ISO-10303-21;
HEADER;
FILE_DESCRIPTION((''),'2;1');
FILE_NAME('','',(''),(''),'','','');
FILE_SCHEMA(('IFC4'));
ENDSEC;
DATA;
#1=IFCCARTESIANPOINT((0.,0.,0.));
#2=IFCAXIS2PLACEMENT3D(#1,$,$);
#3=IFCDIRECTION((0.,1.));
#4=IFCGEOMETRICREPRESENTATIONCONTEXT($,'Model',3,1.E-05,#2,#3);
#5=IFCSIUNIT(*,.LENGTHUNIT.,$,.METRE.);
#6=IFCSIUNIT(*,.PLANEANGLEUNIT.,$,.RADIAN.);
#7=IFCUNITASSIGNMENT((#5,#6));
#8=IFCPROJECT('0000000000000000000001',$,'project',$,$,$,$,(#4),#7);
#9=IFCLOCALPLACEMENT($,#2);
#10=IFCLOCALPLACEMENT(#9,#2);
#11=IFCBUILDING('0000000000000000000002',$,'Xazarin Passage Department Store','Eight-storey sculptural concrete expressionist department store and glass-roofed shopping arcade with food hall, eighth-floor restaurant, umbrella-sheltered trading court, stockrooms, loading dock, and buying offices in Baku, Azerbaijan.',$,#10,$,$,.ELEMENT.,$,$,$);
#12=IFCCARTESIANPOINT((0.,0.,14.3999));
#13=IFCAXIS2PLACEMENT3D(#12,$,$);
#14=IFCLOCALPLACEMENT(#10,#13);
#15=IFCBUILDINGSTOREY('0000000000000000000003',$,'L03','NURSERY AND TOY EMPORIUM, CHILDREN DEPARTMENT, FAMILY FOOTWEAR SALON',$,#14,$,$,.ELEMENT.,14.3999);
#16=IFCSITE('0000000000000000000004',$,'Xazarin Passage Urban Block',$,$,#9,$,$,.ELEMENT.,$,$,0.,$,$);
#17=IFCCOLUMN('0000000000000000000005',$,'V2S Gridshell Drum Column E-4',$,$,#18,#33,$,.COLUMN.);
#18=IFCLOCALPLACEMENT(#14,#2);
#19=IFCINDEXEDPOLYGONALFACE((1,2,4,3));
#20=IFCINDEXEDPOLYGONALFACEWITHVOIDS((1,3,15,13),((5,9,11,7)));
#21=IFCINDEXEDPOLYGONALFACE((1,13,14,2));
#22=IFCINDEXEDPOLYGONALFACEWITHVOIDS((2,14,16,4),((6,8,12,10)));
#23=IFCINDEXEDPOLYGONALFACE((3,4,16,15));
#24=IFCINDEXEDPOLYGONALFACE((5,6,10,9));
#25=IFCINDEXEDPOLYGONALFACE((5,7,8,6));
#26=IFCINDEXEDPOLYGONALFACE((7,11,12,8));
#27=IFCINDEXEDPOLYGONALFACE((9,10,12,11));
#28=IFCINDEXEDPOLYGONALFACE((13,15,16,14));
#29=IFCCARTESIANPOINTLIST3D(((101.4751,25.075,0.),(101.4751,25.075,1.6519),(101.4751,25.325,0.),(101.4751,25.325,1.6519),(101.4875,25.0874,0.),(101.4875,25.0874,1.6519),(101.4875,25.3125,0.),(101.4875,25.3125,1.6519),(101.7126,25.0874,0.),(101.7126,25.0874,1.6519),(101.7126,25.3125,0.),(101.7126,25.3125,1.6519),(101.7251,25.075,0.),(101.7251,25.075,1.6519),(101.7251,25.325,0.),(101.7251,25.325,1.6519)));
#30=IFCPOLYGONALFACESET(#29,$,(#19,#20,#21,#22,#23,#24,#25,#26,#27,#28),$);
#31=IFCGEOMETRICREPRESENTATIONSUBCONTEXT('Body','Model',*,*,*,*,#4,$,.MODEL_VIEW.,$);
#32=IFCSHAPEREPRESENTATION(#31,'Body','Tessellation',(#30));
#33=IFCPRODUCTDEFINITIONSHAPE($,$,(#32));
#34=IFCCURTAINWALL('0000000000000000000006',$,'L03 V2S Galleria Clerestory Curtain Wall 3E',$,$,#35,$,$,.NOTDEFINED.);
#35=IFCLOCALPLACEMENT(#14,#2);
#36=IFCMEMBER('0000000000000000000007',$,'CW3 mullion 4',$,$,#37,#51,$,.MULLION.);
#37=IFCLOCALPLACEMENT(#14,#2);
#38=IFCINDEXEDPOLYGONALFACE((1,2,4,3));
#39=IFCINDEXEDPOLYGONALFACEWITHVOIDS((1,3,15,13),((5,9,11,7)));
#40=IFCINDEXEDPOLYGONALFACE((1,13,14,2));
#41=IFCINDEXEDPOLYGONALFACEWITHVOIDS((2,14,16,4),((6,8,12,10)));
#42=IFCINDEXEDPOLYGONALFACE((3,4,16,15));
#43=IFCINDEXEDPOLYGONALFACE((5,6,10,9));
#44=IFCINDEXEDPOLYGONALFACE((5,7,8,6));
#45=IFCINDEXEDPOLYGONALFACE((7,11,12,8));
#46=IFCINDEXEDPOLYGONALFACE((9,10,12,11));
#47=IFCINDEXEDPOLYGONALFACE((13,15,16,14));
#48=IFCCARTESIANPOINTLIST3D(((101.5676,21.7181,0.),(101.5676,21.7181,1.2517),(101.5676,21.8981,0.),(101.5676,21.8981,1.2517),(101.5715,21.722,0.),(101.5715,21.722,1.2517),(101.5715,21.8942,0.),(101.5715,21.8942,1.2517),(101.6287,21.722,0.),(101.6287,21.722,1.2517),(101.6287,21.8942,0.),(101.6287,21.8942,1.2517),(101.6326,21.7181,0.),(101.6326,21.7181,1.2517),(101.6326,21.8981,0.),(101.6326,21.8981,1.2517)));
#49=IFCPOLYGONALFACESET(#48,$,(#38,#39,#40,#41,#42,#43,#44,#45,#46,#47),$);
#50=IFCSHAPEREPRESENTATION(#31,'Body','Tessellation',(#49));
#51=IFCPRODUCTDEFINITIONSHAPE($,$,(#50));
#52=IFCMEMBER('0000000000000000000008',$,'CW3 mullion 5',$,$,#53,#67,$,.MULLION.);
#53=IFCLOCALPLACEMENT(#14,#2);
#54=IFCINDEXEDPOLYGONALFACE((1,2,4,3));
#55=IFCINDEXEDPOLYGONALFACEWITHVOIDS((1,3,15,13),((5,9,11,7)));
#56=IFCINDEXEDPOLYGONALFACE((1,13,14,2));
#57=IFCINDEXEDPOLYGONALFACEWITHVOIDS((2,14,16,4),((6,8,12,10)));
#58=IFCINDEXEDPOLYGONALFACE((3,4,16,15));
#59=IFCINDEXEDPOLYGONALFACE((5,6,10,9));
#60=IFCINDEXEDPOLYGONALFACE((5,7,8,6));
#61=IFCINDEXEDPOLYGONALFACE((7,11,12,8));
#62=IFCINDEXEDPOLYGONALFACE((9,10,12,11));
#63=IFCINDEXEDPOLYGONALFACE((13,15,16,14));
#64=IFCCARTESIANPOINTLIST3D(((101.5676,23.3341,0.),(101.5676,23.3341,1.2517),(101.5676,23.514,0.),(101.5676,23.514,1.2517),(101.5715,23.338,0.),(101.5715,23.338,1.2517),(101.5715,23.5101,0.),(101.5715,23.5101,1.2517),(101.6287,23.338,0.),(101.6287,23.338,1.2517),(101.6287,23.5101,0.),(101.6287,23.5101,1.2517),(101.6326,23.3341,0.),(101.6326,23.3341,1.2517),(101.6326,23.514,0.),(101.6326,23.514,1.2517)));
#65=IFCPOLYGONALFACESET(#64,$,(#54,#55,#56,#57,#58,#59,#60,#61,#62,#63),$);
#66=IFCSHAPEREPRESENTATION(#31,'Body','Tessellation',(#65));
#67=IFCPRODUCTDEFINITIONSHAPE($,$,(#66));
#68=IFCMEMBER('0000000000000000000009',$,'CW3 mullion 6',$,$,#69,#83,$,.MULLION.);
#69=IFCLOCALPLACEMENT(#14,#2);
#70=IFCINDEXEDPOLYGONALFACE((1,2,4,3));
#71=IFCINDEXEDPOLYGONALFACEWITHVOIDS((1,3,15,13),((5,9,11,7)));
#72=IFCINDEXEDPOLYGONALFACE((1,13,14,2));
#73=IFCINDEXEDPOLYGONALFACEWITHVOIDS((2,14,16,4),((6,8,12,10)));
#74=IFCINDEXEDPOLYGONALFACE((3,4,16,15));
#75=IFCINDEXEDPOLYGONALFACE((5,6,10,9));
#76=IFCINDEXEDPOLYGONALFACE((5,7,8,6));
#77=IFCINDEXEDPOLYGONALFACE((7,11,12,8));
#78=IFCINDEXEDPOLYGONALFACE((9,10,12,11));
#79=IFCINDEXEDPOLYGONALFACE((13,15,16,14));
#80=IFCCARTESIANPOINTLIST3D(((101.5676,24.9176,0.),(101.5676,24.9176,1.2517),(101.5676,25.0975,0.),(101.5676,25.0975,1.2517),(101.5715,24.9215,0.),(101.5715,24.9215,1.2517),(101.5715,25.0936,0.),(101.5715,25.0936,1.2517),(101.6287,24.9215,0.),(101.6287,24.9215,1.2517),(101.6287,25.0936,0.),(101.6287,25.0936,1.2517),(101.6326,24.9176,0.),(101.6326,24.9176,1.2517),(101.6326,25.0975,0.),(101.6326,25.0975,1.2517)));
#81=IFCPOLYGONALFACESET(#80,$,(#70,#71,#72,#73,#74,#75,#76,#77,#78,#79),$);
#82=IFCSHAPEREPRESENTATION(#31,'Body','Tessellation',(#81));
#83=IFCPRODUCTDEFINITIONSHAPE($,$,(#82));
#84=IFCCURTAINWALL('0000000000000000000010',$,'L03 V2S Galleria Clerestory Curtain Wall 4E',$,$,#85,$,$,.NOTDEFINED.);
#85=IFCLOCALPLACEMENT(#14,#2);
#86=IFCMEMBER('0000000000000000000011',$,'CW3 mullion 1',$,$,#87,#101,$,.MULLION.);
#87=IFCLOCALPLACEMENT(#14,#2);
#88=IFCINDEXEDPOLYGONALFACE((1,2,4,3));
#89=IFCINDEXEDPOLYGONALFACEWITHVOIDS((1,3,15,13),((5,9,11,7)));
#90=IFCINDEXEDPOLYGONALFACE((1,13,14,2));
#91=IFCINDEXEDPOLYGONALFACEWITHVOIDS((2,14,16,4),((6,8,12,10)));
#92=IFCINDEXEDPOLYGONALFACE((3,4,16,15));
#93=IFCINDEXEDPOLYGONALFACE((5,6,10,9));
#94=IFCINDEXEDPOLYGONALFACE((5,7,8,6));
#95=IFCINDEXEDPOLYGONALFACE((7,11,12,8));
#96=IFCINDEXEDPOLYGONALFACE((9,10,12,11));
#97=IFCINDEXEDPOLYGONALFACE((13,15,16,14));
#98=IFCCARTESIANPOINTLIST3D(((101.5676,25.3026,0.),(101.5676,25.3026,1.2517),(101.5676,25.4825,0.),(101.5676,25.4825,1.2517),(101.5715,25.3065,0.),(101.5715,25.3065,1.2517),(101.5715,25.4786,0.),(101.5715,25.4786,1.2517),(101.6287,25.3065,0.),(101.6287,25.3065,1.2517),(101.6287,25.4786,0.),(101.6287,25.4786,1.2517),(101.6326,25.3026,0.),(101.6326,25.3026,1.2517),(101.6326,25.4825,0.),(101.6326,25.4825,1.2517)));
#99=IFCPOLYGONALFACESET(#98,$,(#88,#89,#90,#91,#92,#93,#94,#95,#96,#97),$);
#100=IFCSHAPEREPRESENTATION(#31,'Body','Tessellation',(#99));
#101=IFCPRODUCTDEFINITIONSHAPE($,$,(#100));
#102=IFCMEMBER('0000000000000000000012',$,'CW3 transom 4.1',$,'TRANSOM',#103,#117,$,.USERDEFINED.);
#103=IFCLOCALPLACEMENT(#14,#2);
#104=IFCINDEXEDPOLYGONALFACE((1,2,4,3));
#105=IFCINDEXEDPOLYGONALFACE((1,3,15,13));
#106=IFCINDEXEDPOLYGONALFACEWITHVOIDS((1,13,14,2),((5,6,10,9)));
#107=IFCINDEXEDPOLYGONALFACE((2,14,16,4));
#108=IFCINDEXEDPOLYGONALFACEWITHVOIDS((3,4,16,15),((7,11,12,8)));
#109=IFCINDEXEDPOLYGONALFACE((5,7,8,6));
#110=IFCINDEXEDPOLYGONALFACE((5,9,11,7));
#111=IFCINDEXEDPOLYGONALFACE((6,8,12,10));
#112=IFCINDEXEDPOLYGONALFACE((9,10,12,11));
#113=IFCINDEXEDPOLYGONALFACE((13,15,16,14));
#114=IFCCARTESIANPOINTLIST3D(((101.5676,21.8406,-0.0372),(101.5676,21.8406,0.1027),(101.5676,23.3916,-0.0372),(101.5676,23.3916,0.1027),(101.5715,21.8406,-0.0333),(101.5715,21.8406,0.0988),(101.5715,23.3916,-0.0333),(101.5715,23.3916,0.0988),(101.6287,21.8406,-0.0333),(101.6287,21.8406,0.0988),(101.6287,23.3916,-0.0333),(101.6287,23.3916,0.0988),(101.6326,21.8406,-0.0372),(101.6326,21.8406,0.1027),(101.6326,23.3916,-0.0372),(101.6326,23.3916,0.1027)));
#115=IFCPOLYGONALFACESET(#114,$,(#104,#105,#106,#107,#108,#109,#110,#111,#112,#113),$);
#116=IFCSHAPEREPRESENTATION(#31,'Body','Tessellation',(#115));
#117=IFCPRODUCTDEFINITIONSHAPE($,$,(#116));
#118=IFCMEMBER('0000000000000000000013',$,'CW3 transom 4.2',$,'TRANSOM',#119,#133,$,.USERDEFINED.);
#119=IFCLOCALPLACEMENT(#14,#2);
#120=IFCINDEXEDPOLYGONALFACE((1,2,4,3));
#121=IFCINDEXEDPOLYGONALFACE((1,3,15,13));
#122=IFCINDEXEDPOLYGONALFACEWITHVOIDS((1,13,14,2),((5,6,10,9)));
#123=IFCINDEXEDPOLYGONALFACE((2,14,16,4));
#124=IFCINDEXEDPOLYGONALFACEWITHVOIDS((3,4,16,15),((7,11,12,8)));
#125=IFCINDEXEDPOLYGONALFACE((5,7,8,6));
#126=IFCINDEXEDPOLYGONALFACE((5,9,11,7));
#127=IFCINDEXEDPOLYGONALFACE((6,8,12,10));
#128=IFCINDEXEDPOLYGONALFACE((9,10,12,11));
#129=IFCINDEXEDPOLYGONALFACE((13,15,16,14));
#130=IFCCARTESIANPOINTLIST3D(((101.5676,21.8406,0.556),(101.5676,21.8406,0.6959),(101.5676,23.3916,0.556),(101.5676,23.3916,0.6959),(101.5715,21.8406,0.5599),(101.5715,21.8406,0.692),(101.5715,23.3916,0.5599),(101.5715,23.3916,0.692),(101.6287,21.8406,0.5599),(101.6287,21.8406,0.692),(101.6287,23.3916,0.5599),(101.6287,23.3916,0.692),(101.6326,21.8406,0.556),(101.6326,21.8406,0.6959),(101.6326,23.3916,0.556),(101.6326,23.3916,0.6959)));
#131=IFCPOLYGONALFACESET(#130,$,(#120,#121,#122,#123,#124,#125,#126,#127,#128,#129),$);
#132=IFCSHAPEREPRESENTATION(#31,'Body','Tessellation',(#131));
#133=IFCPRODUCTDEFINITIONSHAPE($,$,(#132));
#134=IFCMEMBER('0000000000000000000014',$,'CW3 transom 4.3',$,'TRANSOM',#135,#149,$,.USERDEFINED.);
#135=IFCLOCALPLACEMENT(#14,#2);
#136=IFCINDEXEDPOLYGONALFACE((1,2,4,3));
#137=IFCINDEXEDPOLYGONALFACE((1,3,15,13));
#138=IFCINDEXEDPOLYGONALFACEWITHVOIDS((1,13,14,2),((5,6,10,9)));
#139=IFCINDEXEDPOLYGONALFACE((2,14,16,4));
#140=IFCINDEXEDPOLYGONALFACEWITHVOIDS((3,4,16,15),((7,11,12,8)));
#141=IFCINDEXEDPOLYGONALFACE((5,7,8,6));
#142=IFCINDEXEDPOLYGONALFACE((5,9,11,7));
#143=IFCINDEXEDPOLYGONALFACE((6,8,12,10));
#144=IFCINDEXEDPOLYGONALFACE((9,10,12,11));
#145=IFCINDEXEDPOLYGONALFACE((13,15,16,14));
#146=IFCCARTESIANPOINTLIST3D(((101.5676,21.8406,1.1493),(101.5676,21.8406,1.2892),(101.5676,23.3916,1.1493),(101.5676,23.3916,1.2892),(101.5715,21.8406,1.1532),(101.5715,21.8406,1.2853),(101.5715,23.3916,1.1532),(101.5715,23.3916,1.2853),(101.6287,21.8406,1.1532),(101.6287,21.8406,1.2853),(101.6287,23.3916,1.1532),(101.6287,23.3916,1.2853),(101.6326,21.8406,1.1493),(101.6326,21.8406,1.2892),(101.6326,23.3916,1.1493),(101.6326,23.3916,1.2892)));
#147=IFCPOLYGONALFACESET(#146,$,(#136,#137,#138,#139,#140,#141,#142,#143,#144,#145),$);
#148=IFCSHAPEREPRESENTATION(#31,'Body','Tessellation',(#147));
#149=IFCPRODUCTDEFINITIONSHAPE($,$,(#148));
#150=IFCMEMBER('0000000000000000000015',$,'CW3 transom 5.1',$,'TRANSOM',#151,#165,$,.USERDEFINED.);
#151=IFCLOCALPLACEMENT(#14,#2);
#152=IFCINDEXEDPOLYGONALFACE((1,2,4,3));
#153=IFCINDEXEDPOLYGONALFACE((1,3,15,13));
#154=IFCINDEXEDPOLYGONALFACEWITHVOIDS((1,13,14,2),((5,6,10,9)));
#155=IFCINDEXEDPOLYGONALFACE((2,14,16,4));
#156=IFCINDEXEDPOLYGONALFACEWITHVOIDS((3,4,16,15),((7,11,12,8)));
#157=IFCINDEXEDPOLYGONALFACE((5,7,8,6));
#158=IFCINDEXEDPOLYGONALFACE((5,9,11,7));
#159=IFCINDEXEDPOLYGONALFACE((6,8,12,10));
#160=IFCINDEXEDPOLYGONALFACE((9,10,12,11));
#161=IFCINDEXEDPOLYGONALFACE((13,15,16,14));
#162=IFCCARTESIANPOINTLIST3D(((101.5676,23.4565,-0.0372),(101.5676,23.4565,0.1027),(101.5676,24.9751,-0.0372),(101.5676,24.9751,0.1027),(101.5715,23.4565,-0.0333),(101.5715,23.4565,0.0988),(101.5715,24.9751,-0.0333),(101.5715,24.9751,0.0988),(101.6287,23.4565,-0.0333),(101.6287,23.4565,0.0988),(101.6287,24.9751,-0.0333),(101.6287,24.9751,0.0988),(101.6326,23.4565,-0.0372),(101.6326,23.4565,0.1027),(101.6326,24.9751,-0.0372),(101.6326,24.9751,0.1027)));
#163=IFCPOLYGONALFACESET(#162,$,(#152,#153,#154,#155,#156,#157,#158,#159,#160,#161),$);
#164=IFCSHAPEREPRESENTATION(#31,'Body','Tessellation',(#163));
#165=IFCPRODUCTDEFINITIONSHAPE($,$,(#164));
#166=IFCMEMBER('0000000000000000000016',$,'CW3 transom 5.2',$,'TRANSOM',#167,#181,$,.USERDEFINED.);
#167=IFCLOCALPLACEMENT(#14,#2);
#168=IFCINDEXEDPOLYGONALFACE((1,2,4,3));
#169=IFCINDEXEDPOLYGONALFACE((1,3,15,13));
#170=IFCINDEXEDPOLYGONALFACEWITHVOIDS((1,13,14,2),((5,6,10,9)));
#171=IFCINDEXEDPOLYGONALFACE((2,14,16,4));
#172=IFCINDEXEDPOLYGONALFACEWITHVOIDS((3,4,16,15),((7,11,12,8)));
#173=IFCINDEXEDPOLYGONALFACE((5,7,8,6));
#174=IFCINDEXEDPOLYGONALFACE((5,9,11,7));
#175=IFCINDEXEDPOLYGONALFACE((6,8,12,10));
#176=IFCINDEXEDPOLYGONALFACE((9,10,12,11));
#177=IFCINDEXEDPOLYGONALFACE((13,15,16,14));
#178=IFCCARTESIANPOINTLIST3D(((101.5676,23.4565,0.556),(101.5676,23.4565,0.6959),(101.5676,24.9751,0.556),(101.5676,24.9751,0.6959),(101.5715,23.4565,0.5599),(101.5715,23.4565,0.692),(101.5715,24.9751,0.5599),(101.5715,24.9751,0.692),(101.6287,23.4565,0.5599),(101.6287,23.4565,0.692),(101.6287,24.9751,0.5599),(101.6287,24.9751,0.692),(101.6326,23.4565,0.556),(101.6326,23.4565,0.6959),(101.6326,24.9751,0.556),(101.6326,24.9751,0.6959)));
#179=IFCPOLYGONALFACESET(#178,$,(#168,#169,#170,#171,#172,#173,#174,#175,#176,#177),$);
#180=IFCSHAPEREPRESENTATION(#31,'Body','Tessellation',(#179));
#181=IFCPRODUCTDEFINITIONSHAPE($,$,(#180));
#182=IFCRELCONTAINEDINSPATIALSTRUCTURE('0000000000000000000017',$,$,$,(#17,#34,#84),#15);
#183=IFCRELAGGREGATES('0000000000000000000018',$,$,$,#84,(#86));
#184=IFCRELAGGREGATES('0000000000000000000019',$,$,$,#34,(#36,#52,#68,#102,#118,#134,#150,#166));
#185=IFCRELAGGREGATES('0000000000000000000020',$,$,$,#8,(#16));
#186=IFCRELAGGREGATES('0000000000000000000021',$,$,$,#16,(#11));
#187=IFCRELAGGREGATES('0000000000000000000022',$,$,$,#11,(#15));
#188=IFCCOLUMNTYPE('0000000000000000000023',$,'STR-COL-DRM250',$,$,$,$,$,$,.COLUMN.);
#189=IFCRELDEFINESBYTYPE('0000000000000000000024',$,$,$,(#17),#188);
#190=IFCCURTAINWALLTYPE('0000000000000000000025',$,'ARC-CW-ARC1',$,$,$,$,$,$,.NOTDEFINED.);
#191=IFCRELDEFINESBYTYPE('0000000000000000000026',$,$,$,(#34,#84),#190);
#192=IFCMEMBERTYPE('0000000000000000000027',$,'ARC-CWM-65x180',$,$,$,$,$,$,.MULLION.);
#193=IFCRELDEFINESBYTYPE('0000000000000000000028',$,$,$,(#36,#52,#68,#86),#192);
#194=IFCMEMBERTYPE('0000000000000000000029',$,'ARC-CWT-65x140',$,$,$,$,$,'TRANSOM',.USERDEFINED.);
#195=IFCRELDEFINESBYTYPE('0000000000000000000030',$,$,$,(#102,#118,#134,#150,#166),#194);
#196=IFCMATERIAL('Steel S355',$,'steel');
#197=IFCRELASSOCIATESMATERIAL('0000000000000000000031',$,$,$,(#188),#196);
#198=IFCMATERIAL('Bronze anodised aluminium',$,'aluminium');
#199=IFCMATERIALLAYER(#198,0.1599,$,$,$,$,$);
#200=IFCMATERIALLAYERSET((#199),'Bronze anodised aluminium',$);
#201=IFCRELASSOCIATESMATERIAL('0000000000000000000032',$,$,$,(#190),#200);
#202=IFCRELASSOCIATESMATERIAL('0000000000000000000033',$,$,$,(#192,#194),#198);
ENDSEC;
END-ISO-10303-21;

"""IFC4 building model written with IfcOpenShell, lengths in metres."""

from ifc_helpers import new_model, si_unit, direction, frame, origin, origin_2d, place, context, subcontext, project, spatial, hollow_rectangle, extrude, material, layer, layer_set, material_profile, profile_set, type_object, element, aggregate, save


model = new_model("IFC4")

# Units and contexts
model_context = context("Model", 3, precision=1e-05, world=origin(), true_north=direction((0.0, 1.0)))
body_context = subcontext(model_context, "Body", "Model", "MODEL_VIEW")
ifc_project = project(units=[si_unit("LENGTHUNIT", "METRE"), si_unit("PLANEANGLEUNIT", "RADIAN")], contexts=[model_context])

# Site, building, storey
site_placement = place(None, origin())
site = spatial("IfcSite", under=ifc_project, at=site_placement, Name="Xazarin Passage Urban Block", CompositionType="ELEMENT", RefElevation=0.0)
building_placement = place(site_placement, origin())
building = spatial("IfcBuilding", under=site, at=building_placement, Name="Xazarin Passage Department Store", Description="Eight-storey sculptural concrete expressionist department store and glass-roofed shopping arcade with food hall, eighth-floor restaurant, umbrella-sheltered trading court, stockrooms, loading dock, and buying offices in Baku, Azerbaijan.", CompositionType="ELEMENT")
storey_placement = place(building_placement, frame((0.0, 0.0, 14.3999)))
storey = spatial("IfcBuildingStorey", under=building, at=storey_placement, Name="L03", Description="NURSERY AND TOY EMPORIUM, CHILDREN DEPARTMENT, FAMILY FOOTWEAR SALON", CompositionType="ELEMENT", Elevation=14.3999)

# Column
ifc_material_1 = material(Name="Steel S355", Category="steel")
ifc_material_profile_1 = material_profile(ifc_material_1, hollow_rectangle(XDim=0.25, YDim=0.25, WallThickness=0.0125, at=origin_2d()), Name="SHS 250x250x12.5")
ifc_profile_set_1 = profile_set([ifc_material_profile_1], Name="Steel S355")
column_type = type_object("IfcColumnType", Name="STR-COL-DRM250", PredefinedType="COLUMN", material=ifc_profile_set_1)
column_placement = place(storey_placement, frame((101.6001, 25.2, 0.0), z_axis=(0.0, 0.0, 1.0), x_axis=(1.0, 0.0, 0.0)))
element("IfcColumn", 1, at=column_placement, inside=storey, type_object=column_type, Name="V2S Gridshell Drum Column E-4", PredefinedType="COLUMN", context=body_context, shape_type="SweptSolid", body=[
    extrude(hollow_rectangle(XDim=0.25, YDim=0.25, WallThickness=0.0125, at=origin_2d()), origin(), (0.0, 0.0, 1.0), 1.6519),
])

# Curtain wall, members
ifc_material_2 = material(Name="Bronze anodised aluminium", Category="aluminium")
ifc_layer_1 = layer(ifc_material_2, 0.1599)
ifc_layer_set_1 = layer_set([ifc_layer_1], Name="Bronze anodised aluminium")
curtain_wall_type = type_object("IfcCurtainWallType", Name="ARC-CW-ARC1", PredefinedType="NOTDEFINED", material=ifc_layer_set_1)
curtain_wall_1_placement = place(storey_placement, origin())
curtain_wall_1 = element("IfcCurtainWall", 2, at=curtain_wall_1_placement, inside=storey, type_object=curtain_wall_type, Name="L03 V2S Galleria Clerestory Curtain Wall 3E", PredefinedType="NOTDEFINED")
ifc_material_profile_2 = material_profile(ifc_material_2, hollow_rectangle(XDim=0.0649, YDim=0.1799, WallThickness=0.0039, at=origin_2d()), Name="ALU 65x180")
ifc_profile_set_2 = profile_set([ifc_material_profile_2], Name="Bronze anodised aluminium")
member_type_1 = type_object("IfcMemberType", Name="ARC-CWM-65x180", PredefinedType="MULLION", material=ifc_profile_set_2)
member_1_placement = place(storey_placement, frame((101.6001, 21.8081, 0.0), z_axis=(0.0, 0.0, 1.0), x_axis=(-1.0, 0.0, 0.0)))
member_1 = element("IfcMember", 3, at=member_1_placement, type_object=member_type_1, Name="CW3 mullion 4", PredefinedType="MULLION", context=body_context, shape_type="SweptSolid", body=[
    extrude(hollow_rectangle(XDim=0.0649, YDim=0.1799, WallThickness=0.0039, at=origin_2d()), origin(), (0.0, 0.0, 1.0), 1.2517),
])
member_2_placement = place(storey_placement, frame((101.6001, 23.4241, 0.0), z_axis=(0.0, 0.0, 1.0), x_axis=(-1.0, 0.0, 0.0)))
member_2 = element("IfcMember", 4, at=member_2_placement, type_object=member_type_1, Name="CW3 mullion 5", PredefinedType="MULLION", context=body_context, shape_type="SweptSolid", body=[
    extrude(hollow_rectangle(XDim=0.0649, YDim=0.1799, WallThickness=0.0039, at=origin_2d()), origin(), (0.0, 0.0, 1.0), 1.2517),
])
member_3_placement = place(storey_placement, frame((101.6001, 25.0076, 0.0), z_axis=(0.0, 0.0, 1.0), x_axis=(-1.0, 0.0, 0.0)))
member_3 = element("IfcMember", 5, at=member_3_placement, type_object=member_type_1, Name="CW3 mullion 6", PredefinedType="MULLION", context=body_context, shape_type="SweptSolid", body=[
    extrude(hollow_rectangle(XDim=0.0649, YDim=0.1799, WallThickness=0.0039, at=origin_2d()), origin(), (0.0, 0.0, 1.0), 1.2517),
])

# Curtain wall, member
curtain_wall_2_placement = place(storey_placement, origin())
curtain_wall_2 = element("IfcCurtainWall", 6, at=curtain_wall_2_placement, inside=storey, type_object=curtain_wall_type, Name="L03 V2S Galleria Clerestory Curtain Wall 4E", PredefinedType="NOTDEFINED")
member_4_placement = place(storey_placement, frame((101.6001, 25.3926, 0.0), z_axis=(0.0, 0.0, 1.0), x_axis=(-1.0, 0.0, 0.0)))
member_4 = element("IfcMember", 7, at=member_4_placement, type_object=member_type_1, Name="CW3 mullion 1", PredefinedType="MULLION", context=body_context, shape_type="SweptSolid", body=[
    extrude(hollow_rectangle(XDim=0.0649, YDim=0.1799, WallThickness=0.0039, at=origin_2d()), origin(), (0.0, 0.0, 1.0), 1.2517),
])
aggregate(curtain_wall_2, [member_4])

# Members
ifc_material_profile_3 = material_profile(ifc_material_2, hollow_rectangle(XDim=0.0649, YDim=0.1399, WallThickness=0.0039, at=origin_2d()), Name="ALU 65x140")
ifc_profile_set_3 = profile_set([ifc_material_profile_3], Name="Bronze anodised aluminium")
member_type_2 = type_object("IfcMemberType", Name="ARC-CWT-65x140", ElementType="TRANSOM", PredefinedType="USERDEFINED", material=ifc_profile_set_3)
member_5_placement = place(storey_placement, frame((101.6001, 21.8406, 0.0327), z_axis=(0.0, 1.0, 0.0), x_axis=(-1.0, 0.0, 0.0)))
member_5 = element("IfcMember", 8, at=member_5_placement, type_object=member_type_2, Name="CW3 transom 4.1", ObjectType="TRANSOM", PredefinedType="USERDEFINED", context=body_context, shape_type="SweptSolid", body=[
    extrude(hollow_rectangle(XDim=0.0649, YDim=0.1399, WallThickness=0.0039, at=origin_2d()), origin(), (0.0, 0.0, 1.0), 1.551),
])
member_6_placement = place(storey_placement, frame((101.6001, 21.8406, 0.626), z_axis=(0.0, 1.0, 0.0), x_axis=(-1.0, 0.0, 0.0)))
member_6 = element("IfcMember", 9, at=member_6_placement, type_object=member_type_2, Name="CW3 transom 4.2", ObjectType="TRANSOM", PredefinedType="USERDEFINED", context=body_context, shape_type="SweptSolid", body=[
    extrude(hollow_rectangle(XDim=0.0649, YDim=0.1399, WallThickness=0.0039, at=origin_2d()), origin(), (0.0, 0.0, 1.0), 1.551),
])
member_7_placement = place(storey_placement, frame((101.6001, 21.8406, 1.2192), z_axis=(0.0, 1.0, 0.0), x_axis=(-1.0, 0.0, 0.0)))
member_7 = element("IfcMember", 10, at=member_7_placement, type_object=member_type_2, Name="CW3 transom 4.3", ObjectType="TRANSOM", PredefinedType="USERDEFINED", context=body_context, shape_type="SweptSolid", body=[
    extrude(hollow_rectangle(XDim=0.0649, YDim=0.1399, WallThickness=0.0039, at=origin_2d()), origin(), (0.0, 0.0, 1.0), 1.551),
])
member_8_placement = place(storey_placement, frame((101.6001, 23.4565, 0.0327), z_axis=(0.0, 1.0, 0.0), x_axis=(-1.0, 0.0, 0.0)))
member_8 = element("IfcMember", 11, at=member_8_placement, type_object=member_type_2, Name="CW3 transom 5.1", ObjectType="TRANSOM", PredefinedType="USERDEFINED", context=body_context, shape_type="SweptSolid", body=[
    extrude(hollow_rectangle(XDim=0.0649, YDim=0.1399, WallThickness=0.0039, at=origin_2d()), origin(), (0.0, 0.0, 1.0), 1.5186),
])
member_9_placement = place(storey_placement, frame((101.6001, 23.4565, 0.626), z_axis=(0.0, 1.0, 0.0), x_axis=(-1.0, 0.0, 0.0)))
member_9 = element("IfcMember", 12, at=member_9_placement, type_object=member_type_2, Name="CW3 transom 5.2", ObjectType="TRANSOM", PredefinedType="USERDEFINED", context=body_context, shape_type="SweptSolid", body=[
    extrude(hollow_rectangle(XDim=0.0649, YDim=0.1399, WallThickness=0.0039, at=origin_2d()), origin(), (0.0, 0.0, 1.0), 1.5186),
])

aggregate(curtain_wall_1, [member_1, member_2, member_3, member_5, member_6, member_7, member_8, member_9])

save(model, "model.ifc")
